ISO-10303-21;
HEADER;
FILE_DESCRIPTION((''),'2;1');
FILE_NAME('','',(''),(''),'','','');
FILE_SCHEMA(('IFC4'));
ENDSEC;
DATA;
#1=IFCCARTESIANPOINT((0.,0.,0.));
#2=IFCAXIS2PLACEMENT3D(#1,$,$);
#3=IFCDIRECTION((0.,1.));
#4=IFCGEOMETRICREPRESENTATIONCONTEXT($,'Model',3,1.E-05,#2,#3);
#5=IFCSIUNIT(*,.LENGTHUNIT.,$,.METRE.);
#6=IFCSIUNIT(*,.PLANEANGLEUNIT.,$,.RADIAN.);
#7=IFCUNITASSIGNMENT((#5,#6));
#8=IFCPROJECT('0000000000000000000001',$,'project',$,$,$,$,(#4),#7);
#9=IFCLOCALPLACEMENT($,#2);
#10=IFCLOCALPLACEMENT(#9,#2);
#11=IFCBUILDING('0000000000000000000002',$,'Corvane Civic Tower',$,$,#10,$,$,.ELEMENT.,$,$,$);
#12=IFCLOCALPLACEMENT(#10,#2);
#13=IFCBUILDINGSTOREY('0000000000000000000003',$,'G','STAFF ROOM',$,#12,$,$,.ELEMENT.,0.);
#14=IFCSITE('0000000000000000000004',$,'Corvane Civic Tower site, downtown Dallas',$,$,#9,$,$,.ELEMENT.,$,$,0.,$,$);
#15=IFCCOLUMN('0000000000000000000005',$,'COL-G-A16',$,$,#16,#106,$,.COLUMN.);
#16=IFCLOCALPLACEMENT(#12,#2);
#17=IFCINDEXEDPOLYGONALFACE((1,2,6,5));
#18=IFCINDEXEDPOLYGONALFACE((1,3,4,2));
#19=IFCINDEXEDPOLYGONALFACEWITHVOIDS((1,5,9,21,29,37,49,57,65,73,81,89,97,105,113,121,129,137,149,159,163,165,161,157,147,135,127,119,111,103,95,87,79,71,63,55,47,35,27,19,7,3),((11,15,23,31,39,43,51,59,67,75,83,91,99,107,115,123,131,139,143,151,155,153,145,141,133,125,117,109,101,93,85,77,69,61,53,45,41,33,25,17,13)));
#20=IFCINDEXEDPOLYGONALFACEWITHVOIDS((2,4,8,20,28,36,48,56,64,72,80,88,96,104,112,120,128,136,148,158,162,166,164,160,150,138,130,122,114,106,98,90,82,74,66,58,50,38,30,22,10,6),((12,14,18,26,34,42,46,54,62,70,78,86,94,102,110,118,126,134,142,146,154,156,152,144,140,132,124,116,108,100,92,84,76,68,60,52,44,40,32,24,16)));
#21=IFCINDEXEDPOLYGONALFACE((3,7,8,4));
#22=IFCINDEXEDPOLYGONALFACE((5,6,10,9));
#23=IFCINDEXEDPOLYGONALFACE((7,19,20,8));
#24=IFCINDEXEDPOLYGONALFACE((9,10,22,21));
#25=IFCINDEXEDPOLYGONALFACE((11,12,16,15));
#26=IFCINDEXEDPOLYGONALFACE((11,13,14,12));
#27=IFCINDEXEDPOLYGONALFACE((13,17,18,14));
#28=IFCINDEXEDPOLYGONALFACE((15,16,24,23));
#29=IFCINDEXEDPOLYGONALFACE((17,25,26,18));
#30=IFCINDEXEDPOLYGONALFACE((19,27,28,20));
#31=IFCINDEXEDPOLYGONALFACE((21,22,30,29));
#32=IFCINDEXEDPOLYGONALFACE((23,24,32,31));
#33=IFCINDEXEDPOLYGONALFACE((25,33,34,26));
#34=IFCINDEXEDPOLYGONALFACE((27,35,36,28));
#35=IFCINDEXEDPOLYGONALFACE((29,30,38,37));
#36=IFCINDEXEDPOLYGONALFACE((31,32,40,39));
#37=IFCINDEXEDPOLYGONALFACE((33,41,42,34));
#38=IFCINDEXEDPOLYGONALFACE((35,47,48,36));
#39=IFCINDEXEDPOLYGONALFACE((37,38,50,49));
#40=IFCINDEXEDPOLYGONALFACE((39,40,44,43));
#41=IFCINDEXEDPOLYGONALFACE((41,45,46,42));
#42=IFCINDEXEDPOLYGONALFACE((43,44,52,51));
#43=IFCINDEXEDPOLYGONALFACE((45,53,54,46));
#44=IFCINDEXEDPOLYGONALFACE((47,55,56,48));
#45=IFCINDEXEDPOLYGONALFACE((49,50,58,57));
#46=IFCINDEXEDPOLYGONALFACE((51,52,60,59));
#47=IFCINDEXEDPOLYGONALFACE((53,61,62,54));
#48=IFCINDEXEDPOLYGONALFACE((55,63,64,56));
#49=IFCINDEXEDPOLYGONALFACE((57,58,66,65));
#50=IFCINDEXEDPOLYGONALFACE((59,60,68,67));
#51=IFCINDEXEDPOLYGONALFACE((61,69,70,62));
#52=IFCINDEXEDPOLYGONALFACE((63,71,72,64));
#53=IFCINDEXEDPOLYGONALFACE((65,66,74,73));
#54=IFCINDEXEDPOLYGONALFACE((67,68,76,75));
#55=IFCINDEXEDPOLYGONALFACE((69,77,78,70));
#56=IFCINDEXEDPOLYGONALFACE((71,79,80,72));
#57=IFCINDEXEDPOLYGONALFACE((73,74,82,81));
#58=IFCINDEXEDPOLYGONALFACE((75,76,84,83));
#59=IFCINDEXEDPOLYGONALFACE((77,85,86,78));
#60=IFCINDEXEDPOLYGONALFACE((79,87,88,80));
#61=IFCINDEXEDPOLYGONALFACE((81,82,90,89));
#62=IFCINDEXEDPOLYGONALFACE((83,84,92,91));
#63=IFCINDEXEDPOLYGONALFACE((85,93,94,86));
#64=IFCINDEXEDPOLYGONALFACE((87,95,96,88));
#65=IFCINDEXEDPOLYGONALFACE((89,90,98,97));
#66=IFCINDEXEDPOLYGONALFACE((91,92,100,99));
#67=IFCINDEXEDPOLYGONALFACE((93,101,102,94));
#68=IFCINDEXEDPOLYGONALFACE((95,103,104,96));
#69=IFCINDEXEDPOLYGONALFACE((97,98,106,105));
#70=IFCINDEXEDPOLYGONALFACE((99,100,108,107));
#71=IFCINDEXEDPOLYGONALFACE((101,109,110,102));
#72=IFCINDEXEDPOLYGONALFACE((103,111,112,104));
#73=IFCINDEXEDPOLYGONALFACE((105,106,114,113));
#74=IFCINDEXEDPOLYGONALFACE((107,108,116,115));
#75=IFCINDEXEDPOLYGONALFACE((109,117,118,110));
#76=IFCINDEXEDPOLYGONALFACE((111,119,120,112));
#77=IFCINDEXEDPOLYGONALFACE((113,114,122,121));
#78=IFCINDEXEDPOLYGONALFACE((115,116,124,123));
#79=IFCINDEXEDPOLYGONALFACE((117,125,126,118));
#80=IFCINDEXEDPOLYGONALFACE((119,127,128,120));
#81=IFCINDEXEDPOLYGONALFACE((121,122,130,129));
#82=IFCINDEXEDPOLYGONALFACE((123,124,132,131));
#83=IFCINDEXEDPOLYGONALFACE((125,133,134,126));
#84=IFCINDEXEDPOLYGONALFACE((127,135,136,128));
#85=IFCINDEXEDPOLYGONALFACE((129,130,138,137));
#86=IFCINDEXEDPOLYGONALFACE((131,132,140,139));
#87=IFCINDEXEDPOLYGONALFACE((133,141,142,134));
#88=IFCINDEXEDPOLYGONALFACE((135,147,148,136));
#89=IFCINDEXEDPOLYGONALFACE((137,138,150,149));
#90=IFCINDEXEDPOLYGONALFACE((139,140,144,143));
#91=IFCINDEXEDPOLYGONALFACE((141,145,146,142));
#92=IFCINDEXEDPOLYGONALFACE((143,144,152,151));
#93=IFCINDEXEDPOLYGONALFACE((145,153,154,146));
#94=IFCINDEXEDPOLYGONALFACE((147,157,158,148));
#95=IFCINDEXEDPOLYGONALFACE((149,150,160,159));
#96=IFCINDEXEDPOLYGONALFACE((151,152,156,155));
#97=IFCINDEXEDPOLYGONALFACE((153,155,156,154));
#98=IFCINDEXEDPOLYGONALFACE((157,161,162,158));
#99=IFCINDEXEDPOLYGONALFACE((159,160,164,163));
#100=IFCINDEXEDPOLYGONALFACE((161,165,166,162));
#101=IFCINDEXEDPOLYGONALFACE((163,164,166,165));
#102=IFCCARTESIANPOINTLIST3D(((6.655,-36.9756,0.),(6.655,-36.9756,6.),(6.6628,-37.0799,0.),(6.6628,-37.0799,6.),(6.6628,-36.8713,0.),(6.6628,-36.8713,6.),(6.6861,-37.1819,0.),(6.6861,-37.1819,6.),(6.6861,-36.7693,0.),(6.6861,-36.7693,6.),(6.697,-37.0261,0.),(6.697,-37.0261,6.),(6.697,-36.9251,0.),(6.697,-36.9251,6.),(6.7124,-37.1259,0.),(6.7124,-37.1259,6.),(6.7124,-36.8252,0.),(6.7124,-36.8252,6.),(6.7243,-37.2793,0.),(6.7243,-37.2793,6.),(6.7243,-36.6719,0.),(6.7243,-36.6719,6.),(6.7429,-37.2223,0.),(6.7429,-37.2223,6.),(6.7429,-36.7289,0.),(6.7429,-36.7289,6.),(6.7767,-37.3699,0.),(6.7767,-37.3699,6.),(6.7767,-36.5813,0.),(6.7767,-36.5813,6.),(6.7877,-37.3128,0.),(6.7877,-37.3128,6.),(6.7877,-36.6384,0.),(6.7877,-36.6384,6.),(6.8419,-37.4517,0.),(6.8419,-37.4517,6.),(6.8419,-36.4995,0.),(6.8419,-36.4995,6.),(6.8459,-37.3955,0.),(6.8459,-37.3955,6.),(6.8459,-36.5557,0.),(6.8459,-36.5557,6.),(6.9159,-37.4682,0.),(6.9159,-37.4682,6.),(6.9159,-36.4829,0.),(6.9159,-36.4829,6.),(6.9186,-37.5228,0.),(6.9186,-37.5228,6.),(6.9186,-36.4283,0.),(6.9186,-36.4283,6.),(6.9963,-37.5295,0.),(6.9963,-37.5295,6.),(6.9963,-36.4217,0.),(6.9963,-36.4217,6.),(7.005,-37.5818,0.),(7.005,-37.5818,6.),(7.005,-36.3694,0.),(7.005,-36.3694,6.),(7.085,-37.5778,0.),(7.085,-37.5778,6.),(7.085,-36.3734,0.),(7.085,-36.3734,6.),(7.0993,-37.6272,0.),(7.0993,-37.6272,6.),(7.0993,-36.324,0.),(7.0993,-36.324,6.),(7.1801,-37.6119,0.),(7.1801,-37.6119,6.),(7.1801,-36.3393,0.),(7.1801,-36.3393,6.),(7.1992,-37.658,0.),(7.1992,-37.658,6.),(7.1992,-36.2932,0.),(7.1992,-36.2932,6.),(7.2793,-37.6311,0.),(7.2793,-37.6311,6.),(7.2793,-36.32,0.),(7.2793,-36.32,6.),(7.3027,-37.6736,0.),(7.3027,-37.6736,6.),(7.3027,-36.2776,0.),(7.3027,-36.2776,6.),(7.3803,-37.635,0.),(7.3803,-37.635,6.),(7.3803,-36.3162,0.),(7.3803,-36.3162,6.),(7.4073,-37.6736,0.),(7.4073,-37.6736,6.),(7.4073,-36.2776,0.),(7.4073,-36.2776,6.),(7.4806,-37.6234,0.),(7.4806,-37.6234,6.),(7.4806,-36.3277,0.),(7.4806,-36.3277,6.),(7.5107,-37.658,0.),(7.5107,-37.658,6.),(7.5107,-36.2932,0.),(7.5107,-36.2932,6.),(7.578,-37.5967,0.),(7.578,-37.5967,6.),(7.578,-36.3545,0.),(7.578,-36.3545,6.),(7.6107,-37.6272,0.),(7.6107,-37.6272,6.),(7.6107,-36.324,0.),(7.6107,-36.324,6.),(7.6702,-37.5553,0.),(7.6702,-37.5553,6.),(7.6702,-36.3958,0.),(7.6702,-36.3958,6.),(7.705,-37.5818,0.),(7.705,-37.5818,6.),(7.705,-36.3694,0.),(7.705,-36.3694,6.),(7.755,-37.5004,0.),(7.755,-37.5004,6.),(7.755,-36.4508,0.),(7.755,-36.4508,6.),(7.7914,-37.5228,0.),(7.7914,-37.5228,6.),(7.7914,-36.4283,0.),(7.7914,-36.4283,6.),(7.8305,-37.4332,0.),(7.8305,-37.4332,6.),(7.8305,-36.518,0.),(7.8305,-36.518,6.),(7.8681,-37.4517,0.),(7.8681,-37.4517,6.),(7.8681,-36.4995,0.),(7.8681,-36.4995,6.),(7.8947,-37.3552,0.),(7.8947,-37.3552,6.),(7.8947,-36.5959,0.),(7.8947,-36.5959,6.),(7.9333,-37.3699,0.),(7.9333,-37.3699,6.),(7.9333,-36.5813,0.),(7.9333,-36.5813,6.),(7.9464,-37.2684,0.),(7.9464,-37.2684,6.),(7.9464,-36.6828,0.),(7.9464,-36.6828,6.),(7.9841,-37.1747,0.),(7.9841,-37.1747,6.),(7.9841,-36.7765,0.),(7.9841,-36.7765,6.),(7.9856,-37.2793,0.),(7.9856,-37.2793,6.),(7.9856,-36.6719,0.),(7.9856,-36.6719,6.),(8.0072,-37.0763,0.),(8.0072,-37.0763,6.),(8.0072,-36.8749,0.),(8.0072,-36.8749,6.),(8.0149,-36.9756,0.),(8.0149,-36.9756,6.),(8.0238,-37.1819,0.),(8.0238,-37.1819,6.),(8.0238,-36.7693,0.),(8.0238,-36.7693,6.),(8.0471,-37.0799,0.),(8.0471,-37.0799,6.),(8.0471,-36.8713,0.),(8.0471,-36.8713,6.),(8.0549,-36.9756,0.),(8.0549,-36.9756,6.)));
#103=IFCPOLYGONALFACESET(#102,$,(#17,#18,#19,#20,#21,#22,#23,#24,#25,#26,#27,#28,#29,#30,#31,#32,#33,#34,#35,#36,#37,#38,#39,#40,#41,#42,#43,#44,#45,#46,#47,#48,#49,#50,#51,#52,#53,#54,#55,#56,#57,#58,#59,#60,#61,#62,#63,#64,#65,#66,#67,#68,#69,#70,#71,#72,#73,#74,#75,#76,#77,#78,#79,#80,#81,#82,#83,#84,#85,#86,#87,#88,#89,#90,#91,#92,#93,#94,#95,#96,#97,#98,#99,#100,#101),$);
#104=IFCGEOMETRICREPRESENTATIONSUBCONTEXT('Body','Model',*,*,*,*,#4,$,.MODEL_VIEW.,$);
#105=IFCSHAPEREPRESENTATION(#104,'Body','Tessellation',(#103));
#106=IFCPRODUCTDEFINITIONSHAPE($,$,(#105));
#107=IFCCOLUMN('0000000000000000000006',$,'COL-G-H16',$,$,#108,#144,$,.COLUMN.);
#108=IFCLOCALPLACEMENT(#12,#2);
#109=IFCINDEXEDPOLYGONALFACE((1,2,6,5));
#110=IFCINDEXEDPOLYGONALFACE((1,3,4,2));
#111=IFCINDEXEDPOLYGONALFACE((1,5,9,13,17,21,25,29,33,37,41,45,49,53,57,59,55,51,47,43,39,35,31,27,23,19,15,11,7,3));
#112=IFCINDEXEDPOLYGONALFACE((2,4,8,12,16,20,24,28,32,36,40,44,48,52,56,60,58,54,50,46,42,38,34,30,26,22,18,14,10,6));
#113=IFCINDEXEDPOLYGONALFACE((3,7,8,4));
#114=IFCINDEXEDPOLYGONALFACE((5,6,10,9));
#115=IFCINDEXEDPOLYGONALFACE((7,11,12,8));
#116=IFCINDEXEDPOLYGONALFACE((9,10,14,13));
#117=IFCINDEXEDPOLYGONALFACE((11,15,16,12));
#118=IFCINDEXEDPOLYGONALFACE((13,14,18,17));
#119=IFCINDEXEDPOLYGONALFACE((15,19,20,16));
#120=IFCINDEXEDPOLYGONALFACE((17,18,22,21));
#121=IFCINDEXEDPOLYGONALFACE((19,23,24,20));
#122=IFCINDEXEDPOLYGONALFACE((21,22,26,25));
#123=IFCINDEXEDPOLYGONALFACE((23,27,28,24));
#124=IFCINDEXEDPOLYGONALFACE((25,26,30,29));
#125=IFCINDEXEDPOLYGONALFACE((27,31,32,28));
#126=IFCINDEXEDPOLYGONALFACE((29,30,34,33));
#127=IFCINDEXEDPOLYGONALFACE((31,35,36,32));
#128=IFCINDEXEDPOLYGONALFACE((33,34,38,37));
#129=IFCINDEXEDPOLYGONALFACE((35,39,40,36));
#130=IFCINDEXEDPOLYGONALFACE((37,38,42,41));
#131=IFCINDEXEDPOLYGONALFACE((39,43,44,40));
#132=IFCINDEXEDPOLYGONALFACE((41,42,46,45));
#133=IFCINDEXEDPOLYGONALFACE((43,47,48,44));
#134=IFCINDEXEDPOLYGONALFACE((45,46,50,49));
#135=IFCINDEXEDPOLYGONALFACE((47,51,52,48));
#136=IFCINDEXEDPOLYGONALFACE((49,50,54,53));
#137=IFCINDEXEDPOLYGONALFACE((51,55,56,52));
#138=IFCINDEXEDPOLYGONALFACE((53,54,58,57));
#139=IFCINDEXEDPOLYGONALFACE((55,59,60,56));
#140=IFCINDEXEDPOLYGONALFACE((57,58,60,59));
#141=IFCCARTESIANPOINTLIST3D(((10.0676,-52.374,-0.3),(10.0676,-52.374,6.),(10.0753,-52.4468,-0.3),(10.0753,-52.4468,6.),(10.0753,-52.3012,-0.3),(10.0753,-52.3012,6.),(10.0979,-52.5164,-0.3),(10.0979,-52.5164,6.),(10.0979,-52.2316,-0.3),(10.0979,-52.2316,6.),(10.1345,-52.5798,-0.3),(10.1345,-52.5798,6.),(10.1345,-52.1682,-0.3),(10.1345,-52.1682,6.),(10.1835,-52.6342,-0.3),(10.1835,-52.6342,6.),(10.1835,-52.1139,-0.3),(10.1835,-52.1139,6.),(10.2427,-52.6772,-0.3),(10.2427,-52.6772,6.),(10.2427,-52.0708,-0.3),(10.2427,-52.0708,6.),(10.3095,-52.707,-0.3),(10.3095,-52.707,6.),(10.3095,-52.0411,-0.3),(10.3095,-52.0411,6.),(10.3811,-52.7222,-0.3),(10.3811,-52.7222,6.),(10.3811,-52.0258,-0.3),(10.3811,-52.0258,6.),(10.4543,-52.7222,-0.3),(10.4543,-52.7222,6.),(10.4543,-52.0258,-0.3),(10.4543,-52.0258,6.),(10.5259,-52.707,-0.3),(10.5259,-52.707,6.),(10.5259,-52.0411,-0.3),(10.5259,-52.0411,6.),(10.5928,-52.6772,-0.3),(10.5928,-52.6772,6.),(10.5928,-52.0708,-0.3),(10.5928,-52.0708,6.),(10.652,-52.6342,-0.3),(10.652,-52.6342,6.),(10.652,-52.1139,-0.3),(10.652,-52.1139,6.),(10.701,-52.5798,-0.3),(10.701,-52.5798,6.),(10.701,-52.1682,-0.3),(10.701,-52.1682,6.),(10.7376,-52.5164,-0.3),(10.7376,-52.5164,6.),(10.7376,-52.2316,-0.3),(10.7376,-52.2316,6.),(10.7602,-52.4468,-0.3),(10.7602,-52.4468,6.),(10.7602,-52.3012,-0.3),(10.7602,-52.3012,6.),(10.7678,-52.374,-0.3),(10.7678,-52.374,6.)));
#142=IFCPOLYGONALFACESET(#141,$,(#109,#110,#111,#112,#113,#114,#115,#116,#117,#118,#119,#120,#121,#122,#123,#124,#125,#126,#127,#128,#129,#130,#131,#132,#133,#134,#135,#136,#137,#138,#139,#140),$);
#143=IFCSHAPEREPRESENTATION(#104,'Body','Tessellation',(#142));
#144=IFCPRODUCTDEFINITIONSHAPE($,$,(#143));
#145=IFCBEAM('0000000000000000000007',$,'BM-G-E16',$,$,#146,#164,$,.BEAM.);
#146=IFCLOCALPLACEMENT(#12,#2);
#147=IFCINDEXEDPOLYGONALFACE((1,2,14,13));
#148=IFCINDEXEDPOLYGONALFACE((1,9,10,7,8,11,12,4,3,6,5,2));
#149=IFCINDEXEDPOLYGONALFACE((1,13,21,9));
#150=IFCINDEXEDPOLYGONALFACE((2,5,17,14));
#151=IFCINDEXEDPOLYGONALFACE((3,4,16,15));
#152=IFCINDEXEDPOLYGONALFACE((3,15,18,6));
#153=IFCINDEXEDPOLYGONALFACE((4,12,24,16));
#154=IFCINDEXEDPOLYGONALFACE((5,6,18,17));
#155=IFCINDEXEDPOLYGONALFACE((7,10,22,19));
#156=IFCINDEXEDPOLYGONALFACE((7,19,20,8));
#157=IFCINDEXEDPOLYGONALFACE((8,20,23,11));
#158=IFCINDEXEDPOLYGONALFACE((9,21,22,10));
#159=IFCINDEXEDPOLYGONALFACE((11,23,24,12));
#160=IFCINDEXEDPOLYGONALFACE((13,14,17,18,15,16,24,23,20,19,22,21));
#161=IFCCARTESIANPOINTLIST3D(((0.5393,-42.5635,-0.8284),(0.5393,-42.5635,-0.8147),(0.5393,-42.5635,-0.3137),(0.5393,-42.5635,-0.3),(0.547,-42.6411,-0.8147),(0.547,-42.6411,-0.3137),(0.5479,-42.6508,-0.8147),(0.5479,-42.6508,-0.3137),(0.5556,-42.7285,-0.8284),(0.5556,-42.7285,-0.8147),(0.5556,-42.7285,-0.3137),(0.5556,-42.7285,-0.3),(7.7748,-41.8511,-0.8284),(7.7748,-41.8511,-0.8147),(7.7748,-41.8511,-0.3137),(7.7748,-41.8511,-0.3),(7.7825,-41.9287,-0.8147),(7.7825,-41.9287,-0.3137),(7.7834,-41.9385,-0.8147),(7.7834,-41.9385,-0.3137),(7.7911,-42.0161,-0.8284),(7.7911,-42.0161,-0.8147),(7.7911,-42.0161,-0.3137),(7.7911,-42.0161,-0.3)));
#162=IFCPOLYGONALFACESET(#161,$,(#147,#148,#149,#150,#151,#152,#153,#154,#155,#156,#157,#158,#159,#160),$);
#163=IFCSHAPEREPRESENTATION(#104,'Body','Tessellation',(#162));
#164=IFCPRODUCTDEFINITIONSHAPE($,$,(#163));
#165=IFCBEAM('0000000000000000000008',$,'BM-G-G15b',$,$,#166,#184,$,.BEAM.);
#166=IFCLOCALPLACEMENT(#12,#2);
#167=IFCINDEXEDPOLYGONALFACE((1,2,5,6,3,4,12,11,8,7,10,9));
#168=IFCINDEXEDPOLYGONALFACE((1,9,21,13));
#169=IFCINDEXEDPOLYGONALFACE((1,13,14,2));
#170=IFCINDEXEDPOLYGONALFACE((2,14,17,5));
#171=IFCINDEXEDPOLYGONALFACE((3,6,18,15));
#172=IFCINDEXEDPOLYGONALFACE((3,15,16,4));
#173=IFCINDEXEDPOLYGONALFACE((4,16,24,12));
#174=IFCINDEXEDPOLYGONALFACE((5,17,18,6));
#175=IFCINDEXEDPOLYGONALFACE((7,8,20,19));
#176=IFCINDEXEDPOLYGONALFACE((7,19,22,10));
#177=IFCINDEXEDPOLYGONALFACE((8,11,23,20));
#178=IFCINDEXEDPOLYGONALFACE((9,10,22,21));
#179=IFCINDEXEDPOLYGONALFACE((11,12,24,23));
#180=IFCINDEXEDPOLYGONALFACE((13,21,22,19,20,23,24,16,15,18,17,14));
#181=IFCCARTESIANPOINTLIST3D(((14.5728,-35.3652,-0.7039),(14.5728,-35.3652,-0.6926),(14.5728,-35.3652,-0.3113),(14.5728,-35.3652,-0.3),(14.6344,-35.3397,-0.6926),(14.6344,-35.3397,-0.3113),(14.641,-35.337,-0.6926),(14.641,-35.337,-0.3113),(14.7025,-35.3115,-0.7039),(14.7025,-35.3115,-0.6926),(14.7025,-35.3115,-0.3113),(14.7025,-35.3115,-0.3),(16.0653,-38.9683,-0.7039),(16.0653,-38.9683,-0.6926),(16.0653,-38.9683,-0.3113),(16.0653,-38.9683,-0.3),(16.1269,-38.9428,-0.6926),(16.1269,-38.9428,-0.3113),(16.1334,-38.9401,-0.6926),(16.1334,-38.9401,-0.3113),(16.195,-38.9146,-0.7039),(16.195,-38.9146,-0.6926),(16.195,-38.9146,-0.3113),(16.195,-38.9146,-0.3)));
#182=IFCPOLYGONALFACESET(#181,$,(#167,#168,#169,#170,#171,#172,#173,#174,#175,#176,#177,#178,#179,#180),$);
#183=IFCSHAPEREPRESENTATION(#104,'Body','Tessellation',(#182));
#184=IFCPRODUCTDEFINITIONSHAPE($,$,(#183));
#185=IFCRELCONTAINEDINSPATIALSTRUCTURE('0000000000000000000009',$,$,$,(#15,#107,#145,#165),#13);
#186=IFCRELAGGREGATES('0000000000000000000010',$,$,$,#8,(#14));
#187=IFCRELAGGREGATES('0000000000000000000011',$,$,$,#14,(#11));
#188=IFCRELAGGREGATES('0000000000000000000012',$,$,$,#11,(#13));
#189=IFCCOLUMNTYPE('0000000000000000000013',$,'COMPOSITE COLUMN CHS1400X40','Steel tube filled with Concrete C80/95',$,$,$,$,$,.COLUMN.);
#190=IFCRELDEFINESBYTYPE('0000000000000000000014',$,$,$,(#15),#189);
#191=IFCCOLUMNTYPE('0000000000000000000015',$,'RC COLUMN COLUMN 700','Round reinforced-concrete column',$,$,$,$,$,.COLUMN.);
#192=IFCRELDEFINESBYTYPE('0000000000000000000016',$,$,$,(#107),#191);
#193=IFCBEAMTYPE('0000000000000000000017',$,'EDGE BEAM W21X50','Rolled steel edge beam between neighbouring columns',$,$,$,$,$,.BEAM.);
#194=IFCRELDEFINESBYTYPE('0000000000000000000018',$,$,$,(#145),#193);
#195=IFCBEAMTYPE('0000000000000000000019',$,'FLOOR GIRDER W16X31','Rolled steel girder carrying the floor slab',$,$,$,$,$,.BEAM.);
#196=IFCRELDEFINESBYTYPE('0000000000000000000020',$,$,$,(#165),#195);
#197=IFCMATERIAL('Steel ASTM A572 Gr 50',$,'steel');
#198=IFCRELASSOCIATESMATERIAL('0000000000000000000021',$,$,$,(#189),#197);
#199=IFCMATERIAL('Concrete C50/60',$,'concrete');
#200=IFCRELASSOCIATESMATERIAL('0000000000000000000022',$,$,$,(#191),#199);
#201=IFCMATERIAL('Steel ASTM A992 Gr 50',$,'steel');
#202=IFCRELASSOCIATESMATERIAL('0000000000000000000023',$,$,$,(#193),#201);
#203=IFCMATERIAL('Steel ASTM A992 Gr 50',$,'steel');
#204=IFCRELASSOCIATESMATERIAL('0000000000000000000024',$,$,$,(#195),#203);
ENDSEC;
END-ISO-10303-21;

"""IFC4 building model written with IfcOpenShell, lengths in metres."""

from ifc_helpers import new_model, si_unit, direction, frame, origin, origin_2d, place, context, subcontext, project, spatial, circle, hollow_circle, i_section, extrude, material, material_profile, profile_set, type_object, element, save


model = new_model("IFC4")

# Units and contexts
model_context = context("Model", 3, precision=1e-05, world=origin(), true_north=direction((0.0, 1.0)))
body_context = subcontext(model_context, "Body", "Model", "MODEL_VIEW")
ifc_project = project(units=[si_unit("LENGTHUNIT", "METRE"), si_unit("PLANEANGLEUNIT", "RADIAN")], contexts=[model_context])

# Site, building, storey
site_placement = place(None, origin())
site = spatial("IfcSite", under=ifc_project, at=site_placement, Name="Corvane Civic Tower site, downtown Dallas", CompositionType="ELEMENT", RefElevation=0.0)
building_placement = place(site_placement, origin())
building = spatial("IfcBuilding", under=site, at=building_placement, Name="Corvane Civic Tower", CompositionType="ELEMENT")
storey_placement = place(building_placement, origin())
storey = spatial("IfcBuildingStorey", under=building, at=storey_placement, Name="G", Description="STAFF ROOM", CompositionType="ELEMENT", Elevation=0.0)

# Columns
ifc_material_1 = material(Name="Steel ASTM A572 Gr 50", Category="steel")
ifc_material_profile_1 = material_profile(ifc_material_1, hollow_circle(Radius=0.7, WallThickness=0.04, at=origin_2d()), Name="CHS1400X40")
ifc_profile_set_1 = profile_set([ifc_material_profile_1], Name="Steel ASTM A572 Gr 50")
column_type_1 = type_object("IfcColumnType", Name="COMPOSITE COLUMN CHS1400X40", Description="Steel tube filled with Concrete C80/95", PredefinedType="COLUMN", material=ifc_profile_set_1)
for number, where, z_axis, x_axis, name in (
    (1, (7.355, -36.9756, 0.0), (0.0, 0.0, 1.0), (1.0, 0.0, 0.0), "COL-G-A16"),
):
    element("IfcColumn", number, at=place(storey_placement, frame(where, z_axis=z_axis, x_axis=x_axis)), inside=storey, type_object=column_type_1, Name=name, PredefinedType="COLUMN", context=body_context, shape_type="SweptSolid", body=[
        extrude(hollow_circle(Radius=0.7, WallThickness=0.04, at=origin_2d()), origin(), (0.0, 0.0, 1.0), 6.0),
    ])
ifc_material_2 = material(Name="Concrete C50/60", Category="concrete")
ifc_material_profile_2 = material_profile(ifc_material_2, circle(Radius=0.3501, at=origin_2d()), Name="COLUMN 700")
ifc_profile_set_2 = profile_set([ifc_material_profile_2], Name="Concrete C50/60")
column_type_2 = type_object("IfcColumnType", Name="RC COLUMN COLUMN 700", Description="Round reinforced-concrete column", PredefinedType="COLUMN", material=ifc_profile_set_2)
column_1_placement = place(storey_placement, frame((10.4177, -52.374, -0.3), z_axis=(0.0, 0.0, 1.0), x_axis=(1.0, 0.0, 0.0)))
element("IfcColumn", 2, at=column_1_placement, inside=storey, type_object=column_type_2, Name="COL-G-H16", PredefinedType="COLUMN", context=body_context, shape_type="SweptSolid", body=[
    extrude(circle(Radius=0.3501, at=origin_2d()), origin(), (0.0, 0.0, 1.0), 6.3),
])

# Beams
ifc_material_3 = material(Name="Steel ASTM A992 Gr 50", Category="steel")
ifc_material_profile_3 = material_profile(ifc_material_3, i_section(OverallWidth=0.1658, OverallDepth=0.5283, WebThickness=0.0098, FlangeThickness=0.0137, at=origin_2d()), Name="W21X50")
ifc_profile_set_3 = profile_set([ifc_material_profile_3], Name="Steel ASTM A992 Gr 50")
beam_type_1 = type_object("IfcBeamType", Name="EDGE BEAM W21X50", Description="Rolled steel edge beam between neighbouring columns", PredefinedType="BEAM", material=ifc_profile_set_3)
beam_1_placement = place(storey_placement, frame((7.783, -41.9336, -0.5642), z_axis=(-0.995188, -0.097984, 0.0), x_axis=(0.097984, -0.995188, 0.0)))
element("IfcBeam", 3, at=beam_1_placement, inside=storey, type_object=beam_type_1, Name="BM-G-E16", PredefinedType="BEAM", context=body_context, shape_type="SweptSolid", body=[
    extrude(i_section(OverallWidth=0.1658, OverallDepth=0.5283, WebThickness=0.0098, FlangeThickness=0.0137, at=origin_2d()), origin(), (0.0, 0.0, 1.0), 7.2705),
])
ifc_material_4 = material(Name="Steel ASTM A992 Gr 50", Category="steel")
ifc_material_profile_4 = material_profile(ifc_material_4, i_section(OverallWidth=0.1404, OverallDepth=0.4038, WebThickness=0.0071, FlangeThickness=0.0112, at=origin_2d()), Name="W16X31")
ifc_profile_set_4 = profile_set([ifc_material_profile_4], Name="Steel ASTM A992 Gr 50")
beam_type_2 = type_object("IfcBeamType", Name="FLOOR GIRDER W16X31", Description="Rolled steel girder carrying the floor slab", PredefinedType="BEAM", material=ifc_profile_set_4)
for number, where, z_axis, x_axis, name in (
    (4, (14.6377, -35.3384, -0.502), (0.382685, -0.923879, 0.0), (0.923879, 0.382685, 0.0), "BM-G-G15b"),
):
    element("IfcBeam", number, at=place(storey_placement, frame(where, z_axis=z_axis, x_axis=x_axis)), inside=storey, type_object=beam_type_2, Name=name, PredefinedType="BEAM", context=body_context, shape_type="SweptSolid", body=[
        extrude(i_section(OverallWidth=0.1404, OverallDepth=0.4038, WebThickness=0.0071, FlangeThickness=0.0112, at=origin_2d()), origin(), (0.0, 0.0, 1.0), 3.8999),
    ])

save(model, "model.ifc")
